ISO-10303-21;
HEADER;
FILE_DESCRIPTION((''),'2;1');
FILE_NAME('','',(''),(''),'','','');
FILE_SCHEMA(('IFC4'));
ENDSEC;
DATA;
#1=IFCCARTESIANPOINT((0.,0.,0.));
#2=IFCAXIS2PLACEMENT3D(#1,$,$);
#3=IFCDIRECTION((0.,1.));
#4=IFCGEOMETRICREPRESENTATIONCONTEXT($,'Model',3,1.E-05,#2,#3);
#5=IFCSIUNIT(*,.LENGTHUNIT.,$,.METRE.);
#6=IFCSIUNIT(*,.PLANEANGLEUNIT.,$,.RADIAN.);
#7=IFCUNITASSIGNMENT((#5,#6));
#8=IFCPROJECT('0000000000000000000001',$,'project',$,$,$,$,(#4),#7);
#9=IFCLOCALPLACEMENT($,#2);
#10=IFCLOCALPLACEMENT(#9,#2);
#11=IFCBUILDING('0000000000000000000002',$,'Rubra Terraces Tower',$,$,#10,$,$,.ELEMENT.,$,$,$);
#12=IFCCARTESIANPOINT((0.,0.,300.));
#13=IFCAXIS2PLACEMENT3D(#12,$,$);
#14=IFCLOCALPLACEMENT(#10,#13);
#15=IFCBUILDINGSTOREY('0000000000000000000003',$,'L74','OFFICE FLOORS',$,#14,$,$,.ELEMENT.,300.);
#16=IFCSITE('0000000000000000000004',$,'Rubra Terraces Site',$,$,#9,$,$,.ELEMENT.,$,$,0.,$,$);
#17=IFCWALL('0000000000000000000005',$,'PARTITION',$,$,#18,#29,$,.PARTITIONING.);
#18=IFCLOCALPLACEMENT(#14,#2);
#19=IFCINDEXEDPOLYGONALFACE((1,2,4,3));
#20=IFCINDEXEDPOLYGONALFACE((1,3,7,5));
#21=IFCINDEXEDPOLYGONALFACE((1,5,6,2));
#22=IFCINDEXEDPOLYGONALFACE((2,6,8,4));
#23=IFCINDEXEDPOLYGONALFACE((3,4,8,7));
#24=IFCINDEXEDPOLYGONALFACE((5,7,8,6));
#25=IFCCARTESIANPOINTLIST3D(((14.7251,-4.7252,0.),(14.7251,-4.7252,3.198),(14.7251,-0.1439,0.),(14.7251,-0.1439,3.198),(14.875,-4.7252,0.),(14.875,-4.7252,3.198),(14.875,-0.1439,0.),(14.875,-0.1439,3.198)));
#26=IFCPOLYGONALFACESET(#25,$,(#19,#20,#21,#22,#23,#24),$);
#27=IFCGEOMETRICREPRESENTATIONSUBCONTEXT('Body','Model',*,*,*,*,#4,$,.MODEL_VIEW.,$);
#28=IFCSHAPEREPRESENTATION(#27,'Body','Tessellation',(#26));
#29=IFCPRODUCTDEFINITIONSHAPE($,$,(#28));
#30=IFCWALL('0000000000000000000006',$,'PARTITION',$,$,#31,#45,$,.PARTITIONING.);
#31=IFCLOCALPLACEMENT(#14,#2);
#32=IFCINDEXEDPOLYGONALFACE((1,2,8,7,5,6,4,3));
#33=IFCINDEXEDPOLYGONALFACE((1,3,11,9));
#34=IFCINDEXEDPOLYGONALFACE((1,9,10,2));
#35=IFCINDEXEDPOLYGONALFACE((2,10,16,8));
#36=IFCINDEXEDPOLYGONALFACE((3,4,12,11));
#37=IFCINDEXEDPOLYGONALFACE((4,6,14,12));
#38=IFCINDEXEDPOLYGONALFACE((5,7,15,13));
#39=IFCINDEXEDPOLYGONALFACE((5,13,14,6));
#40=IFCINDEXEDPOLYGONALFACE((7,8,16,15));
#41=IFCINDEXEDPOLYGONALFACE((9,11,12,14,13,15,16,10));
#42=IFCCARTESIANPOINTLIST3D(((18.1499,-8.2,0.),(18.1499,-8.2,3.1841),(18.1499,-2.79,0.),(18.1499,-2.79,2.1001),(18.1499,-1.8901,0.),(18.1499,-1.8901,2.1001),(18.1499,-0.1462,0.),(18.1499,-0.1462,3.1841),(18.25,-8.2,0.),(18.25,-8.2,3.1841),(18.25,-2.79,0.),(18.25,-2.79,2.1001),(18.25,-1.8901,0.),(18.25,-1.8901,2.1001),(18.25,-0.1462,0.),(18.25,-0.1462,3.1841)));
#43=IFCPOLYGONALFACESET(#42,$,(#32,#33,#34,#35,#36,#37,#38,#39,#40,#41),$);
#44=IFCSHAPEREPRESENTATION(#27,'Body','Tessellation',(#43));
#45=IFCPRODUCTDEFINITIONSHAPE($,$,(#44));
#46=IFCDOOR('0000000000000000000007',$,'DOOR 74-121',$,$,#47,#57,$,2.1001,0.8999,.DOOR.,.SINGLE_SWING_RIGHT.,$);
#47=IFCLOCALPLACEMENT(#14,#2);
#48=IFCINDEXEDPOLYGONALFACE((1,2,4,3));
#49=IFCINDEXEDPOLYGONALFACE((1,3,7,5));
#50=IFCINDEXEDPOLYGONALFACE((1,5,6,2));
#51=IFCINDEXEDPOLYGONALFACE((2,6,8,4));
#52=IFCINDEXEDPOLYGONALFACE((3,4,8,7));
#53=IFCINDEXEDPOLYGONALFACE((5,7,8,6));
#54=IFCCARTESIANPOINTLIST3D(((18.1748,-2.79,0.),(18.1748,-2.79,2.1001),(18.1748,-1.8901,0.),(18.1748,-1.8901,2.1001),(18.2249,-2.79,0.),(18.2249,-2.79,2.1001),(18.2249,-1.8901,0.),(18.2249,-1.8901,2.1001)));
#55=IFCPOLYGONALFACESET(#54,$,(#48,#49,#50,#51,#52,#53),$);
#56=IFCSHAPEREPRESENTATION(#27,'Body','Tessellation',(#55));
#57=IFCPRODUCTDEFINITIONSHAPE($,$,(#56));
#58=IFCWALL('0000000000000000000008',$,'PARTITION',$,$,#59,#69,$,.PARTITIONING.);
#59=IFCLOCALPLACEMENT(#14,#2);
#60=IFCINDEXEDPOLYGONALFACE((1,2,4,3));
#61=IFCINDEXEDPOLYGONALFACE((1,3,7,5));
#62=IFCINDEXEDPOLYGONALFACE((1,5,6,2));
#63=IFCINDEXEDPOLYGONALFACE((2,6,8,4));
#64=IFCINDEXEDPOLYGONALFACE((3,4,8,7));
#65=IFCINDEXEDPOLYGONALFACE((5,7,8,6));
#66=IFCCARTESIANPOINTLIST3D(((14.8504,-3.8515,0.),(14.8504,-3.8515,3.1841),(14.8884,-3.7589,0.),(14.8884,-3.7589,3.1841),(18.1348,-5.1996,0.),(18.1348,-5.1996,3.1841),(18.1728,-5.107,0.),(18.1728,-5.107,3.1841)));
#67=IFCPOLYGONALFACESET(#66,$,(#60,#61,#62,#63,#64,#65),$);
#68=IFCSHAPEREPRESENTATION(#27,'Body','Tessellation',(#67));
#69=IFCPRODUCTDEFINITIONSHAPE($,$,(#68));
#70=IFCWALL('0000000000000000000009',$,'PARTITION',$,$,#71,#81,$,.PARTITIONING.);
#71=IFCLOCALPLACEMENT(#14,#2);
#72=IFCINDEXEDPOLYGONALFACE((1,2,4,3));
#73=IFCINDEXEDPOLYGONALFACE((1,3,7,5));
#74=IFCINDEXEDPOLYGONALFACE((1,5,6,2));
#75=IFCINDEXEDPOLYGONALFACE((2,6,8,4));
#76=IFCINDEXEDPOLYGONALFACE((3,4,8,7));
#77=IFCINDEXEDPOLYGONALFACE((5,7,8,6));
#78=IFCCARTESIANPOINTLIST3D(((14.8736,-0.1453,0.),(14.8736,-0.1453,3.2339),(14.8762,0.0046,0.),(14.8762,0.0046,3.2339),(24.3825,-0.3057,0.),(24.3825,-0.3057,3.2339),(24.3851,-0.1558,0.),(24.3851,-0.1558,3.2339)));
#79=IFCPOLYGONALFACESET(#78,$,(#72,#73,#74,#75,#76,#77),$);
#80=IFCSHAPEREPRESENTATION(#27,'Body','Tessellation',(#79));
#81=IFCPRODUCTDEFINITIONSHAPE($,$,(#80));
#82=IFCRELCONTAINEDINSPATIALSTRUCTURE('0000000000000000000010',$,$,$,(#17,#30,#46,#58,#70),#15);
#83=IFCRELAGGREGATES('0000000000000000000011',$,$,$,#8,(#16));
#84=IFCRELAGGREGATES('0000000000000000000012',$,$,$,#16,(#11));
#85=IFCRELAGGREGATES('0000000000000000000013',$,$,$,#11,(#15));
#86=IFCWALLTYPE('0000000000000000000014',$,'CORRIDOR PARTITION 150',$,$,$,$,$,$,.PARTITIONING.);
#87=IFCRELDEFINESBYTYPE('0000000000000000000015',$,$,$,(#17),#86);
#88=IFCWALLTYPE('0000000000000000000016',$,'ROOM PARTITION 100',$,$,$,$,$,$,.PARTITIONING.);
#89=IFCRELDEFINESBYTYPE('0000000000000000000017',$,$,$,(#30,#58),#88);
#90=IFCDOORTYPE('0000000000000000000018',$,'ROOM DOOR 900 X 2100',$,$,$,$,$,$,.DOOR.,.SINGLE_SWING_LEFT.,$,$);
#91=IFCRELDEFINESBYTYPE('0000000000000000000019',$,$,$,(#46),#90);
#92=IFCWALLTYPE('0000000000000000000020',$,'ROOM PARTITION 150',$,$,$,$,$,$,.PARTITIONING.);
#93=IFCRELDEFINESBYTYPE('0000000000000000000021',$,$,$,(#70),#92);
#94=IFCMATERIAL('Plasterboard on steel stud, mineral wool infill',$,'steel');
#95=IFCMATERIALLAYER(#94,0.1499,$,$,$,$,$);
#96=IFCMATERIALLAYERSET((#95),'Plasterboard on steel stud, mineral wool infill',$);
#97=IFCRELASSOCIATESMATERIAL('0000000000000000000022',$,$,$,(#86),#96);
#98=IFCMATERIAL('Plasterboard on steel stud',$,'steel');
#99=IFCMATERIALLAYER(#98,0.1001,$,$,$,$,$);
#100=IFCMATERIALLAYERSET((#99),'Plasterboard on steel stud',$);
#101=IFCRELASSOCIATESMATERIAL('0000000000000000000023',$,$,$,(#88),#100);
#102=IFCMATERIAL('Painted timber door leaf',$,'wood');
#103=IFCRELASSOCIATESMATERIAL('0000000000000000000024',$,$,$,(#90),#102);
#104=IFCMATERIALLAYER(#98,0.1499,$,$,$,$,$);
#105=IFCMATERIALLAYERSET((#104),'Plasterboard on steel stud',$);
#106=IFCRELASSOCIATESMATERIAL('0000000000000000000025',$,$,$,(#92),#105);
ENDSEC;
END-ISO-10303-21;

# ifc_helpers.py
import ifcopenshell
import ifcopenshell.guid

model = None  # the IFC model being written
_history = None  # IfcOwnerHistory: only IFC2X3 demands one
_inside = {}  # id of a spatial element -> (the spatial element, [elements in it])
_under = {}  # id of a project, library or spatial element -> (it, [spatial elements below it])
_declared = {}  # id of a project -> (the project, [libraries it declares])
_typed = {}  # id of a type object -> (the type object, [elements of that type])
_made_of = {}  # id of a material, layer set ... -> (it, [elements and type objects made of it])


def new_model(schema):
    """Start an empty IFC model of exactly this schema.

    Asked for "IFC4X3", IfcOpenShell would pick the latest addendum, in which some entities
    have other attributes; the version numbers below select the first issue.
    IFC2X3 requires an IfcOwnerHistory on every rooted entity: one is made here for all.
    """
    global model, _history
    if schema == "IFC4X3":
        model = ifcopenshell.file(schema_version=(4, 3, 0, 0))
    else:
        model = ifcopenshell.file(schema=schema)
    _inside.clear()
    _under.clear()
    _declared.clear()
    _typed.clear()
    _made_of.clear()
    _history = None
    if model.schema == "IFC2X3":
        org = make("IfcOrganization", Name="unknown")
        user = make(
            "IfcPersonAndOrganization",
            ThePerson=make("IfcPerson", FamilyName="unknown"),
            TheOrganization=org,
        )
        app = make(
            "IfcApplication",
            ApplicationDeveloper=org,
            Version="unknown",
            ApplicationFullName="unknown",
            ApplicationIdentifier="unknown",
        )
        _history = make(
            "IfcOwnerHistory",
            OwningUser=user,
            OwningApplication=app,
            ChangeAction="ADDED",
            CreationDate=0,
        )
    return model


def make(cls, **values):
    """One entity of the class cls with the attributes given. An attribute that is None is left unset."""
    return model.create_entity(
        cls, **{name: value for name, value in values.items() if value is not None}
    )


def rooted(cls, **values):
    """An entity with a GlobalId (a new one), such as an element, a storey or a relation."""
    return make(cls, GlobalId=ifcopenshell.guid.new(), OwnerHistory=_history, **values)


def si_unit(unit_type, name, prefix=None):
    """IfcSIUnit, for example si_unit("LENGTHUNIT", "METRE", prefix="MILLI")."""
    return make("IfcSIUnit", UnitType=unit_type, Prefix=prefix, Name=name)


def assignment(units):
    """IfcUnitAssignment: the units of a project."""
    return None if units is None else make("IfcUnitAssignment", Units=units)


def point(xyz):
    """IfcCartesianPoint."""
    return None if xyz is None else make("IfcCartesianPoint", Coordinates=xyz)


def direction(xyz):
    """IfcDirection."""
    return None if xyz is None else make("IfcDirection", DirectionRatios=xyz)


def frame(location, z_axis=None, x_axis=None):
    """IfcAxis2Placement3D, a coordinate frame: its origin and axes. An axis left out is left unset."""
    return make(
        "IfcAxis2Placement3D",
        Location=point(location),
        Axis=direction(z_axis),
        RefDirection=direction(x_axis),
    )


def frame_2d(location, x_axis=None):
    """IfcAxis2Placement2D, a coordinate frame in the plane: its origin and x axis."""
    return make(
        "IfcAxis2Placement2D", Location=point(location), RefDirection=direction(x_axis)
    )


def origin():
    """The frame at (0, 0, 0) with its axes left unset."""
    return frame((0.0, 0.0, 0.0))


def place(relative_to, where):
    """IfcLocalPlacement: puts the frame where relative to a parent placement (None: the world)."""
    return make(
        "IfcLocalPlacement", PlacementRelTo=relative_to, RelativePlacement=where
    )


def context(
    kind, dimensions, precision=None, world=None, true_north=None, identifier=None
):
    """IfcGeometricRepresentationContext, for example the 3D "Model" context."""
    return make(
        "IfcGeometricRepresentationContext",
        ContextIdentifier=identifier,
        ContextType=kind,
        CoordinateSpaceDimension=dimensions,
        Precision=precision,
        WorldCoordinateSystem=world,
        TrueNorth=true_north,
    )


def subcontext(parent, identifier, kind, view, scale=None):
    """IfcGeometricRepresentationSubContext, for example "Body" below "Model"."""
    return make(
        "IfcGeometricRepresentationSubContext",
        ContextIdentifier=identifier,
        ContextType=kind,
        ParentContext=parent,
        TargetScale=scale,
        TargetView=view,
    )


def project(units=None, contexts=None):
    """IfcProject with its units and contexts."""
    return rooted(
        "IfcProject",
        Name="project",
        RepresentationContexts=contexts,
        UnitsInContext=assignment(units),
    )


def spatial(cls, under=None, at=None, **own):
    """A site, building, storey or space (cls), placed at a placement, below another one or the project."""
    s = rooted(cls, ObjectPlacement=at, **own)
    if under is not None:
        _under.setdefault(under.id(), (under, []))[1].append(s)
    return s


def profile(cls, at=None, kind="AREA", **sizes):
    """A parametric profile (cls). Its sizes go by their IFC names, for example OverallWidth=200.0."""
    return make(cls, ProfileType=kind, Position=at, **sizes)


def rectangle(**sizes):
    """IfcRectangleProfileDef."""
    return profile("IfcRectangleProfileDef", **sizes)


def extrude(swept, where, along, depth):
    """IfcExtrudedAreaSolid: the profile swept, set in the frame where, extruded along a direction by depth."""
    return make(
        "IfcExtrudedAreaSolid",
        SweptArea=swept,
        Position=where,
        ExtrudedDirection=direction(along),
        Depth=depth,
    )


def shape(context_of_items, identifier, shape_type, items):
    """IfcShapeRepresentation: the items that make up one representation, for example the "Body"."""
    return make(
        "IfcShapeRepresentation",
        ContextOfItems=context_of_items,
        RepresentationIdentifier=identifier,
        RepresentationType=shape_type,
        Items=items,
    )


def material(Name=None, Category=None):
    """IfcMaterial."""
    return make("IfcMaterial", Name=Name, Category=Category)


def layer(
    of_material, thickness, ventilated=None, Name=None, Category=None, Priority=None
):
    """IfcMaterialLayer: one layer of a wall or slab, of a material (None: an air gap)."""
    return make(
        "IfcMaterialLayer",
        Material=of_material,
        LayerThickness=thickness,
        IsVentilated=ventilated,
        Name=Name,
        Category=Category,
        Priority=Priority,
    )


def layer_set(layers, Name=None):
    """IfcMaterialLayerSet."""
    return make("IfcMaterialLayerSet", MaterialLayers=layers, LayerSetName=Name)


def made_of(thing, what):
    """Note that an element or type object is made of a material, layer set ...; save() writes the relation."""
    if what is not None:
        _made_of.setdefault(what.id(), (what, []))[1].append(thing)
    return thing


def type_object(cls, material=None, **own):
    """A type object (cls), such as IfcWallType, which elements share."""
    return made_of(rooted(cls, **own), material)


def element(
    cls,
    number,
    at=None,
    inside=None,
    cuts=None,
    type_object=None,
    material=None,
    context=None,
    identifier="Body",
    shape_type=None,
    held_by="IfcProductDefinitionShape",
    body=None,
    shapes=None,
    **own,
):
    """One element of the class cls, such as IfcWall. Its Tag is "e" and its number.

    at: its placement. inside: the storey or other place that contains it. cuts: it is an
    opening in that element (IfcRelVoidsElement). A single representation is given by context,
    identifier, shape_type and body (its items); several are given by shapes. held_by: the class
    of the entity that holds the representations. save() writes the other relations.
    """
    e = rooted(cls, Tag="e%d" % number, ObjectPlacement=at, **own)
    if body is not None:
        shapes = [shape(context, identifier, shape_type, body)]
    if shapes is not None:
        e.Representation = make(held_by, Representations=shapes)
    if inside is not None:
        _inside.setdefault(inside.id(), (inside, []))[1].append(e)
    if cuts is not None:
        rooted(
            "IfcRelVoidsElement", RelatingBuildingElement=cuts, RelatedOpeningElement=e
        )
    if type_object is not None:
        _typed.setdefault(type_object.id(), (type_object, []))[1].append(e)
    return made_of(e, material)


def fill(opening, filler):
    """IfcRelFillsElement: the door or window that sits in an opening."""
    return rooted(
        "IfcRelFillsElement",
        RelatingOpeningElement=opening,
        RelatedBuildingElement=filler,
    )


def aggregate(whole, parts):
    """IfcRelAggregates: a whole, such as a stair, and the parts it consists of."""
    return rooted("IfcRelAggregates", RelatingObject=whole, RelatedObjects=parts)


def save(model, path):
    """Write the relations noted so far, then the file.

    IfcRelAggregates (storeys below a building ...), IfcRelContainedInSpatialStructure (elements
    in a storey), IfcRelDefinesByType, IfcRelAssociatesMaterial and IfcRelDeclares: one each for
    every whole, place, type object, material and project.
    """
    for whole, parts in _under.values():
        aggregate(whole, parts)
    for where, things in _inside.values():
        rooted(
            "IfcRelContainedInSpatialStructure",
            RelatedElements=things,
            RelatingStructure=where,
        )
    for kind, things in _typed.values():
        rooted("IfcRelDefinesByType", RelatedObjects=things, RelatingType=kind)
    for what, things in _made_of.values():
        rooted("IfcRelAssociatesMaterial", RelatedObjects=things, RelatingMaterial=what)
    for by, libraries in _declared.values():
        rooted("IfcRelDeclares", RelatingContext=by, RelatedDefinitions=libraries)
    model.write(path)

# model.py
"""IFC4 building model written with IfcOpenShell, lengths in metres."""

from ifc_helpers import new_model, si_unit, direction, frame, frame_2d, origin, place, context, subcontext, project, spatial, rectangle, extrude, material, layer, layer_set, type_object, element, fill, save


model = new_model("IFC4")

# Units and contexts
model_context = context("Model", 3, precision=1e-05, world=origin(), true_north=direction((0.0, 1.0)))
body_context = subcontext(model_context, "Body", "Model", "MODEL_VIEW")
ifc_project = project(units=[si_unit("LENGTHUNIT", "METRE"), si_unit("PLANEANGLEUNIT", "RADIAN")], contexts=[model_context])

# Site, building, storey
site_placement = place(None, origin())
site = spatial("IfcSite", under=ifc_project, at=site_placement, Name="Rubra Terraces Site", CompositionType="ELEMENT", RefElevation=0.0)
building_placement = place(site_placement, origin())
building = spatial("IfcBuilding", under=site, at=building_placement, Name="Rubra Terraces Tower", CompositionType="ELEMENT")
storey_placement = place(building_placement, frame((0.0, 0.0, 300.0)))
storey = spatial("IfcBuildingStorey", under=building, at=storey_placement, Name="L74", Description="OFFICE FLOORS", CompositionType="ELEMENT", Elevation=300.0)

# Shared definitions
ifc_material_1 = material(Name="Plasterboard on steel stud, mineral wool infill", Category="steel")
ifc_layer_1 = layer(ifc_material_1, 0.1499)
ifc_layer_set_1 = layer_set([ifc_layer_1], Name="Plasterboard on steel stud, mineral wool infill")
wall_type_1 = type_object("IfcWallType", Name="CORRIDOR PARTITION 150", PredefinedType="PARTITIONING", material=ifc_layer_set_1)

# Wall
wall_1_placement = place(storey_placement, frame((14.8, -4.7251, 0.0), z_axis=(0.0, 0.0, 1.0), x_axis=(0.0, 1.0, 0.0)))
element("IfcWall", 1, at=wall_1_placement, inside=storey, type_object=wall_type_1, Name="PARTITION", PredefinedType="PARTITIONING", context=body_context, shape_type="SweptSolid", body=[
    extrude(rectangle(XDim=4.5813, YDim=0.1499, at=frame_2d((2.2905, 0.0))), origin(), (0.0, 0.0, 1.0), 3.198),
])

# Wall, opening, door
ifc_material_2 = material(Name="Plasterboard on steel stud", Category="steel")
ifc_layer_2 = layer(ifc_material_2, 0.1001)
ifc_layer_set_2 = layer_set([ifc_layer_2], Name="Plasterboard on steel stud")
wall_type_2 = type_object("IfcWallType", Name="ROOM PARTITION 100", PredefinedType="PARTITIONING", material=ifc_layer_set_2)
wall_2_placement = place(storey_placement, frame((18.2, -0.1462, 0.0), z_axis=(0.0, 0.0, 1.0), x_axis=(0.0, -1.0, 0.0)))
wall_2 = element("IfcWall", 2, at=wall_2_placement, inside=storey, type_object=wall_type_2, Name="PARTITION", PredefinedType="PARTITIONING", context=body_context, shape_type="SweptSolid", body=[
    extrude(rectangle(XDim=8.0537, YDim=0.1001, at=frame_2d((4.0269, 0.0))), origin(), (0.0, 0.0, 1.0), 3.1841),
])
opening_1_placement = place(wall_2_placement, frame((1.7439, 0.0, 0.0)))
opening_1 = element("IfcOpeningElement", 3, at=opening_1_placement, cuts=wall_2, PredefinedType="OPENING", context=body_context, shape_type="SweptSolid", body=[
    extrude(rectangle(XDim=0.8999, YDim=2.1001, at=frame_2d((0.45, 1.05))), frame((0.0, 0.0601, 0.0), z_axis=(0.0, -1.0, 0.0), x_axis=(1.0, 0.0, 0.0)), (0.0, 0.0, 1.0), 0.1201),
])
ifc_material_3 = material(Name="Painted timber door leaf", Category="wood")
door_type_1 = type_object("IfcDoorType", Name="ROOM DOOR 900 X 2100", OperationType="SINGLE_SWING_LEFT", PredefinedType="DOOR", material=ifc_material_3)
door_1_placement = place(opening_1_placement, origin())
door_1 = element("IfcDoor", 4, at=door_1_placement, inside=storey, type_object=door_type_1, Name="DOOR 74-121", OperationType="SINGLE_SWING_RIGHT", OverallHeight=2.1001, OverallWidth=0.8999, PredefinedType="DOOR", context=body_context, shape_type="SweptSolid", body=[
    extrude(rectangle(XDim=0.8999, YDim=2.1001, at=frame_2d((0.45, 1.05))), frame((0.0, 0.0249, 0.0), z_axis=(0.0, -1.0, 0.0), x_axis=(1.0, 0.0, 0.0)), (0.0, 0.0, 1.0), 0.05),
])
fill(opening_1, door_1)

# Walls
wall_3_placement = place(storey_placement, frame((14.8694, -3.8052, 0.0), z_axis=(0.0, 0.0, 1.0), x_axis=(0.9251, -0.379722, 0.0)))
element("IfcWall", 5, at=wall_3_placement, inside=storey, type_object=wall_type_2, Name="PARTITION", PredefinedType="PARTITIONING", context=body_context, shape_type="SweptSolid", body=[
    extrude(rectangle(XDim=3.5503, YDim=0.1001, at=frame_2d((1.7751, 0.0))), origin(), (0.0, 0.0, 1.0), 3.1841),
])
ifc_layer_3 = layer(ifc_material_2, 0.1499)
ifc_layer_set_3 = layer_set([ifc_layer_3], Name="Plasterboard on steel stud")
wall_type_3 = type_object("IfcWallType", Name="ROOM PARTITION 150", PredefinedType="PARTITIONING", material=ifc_layer_set_3)
wall_4_placement = place(storey_placement, frame((24.3838, -0.2307, 0.0), z_axis=(0.0, 0.0, 1.0), x_axis=(-0.999858, 0.016866, 0.0)))
element("IfcWall", 6, at=wall_4_placement, inside=storey, type_object=wall_type_3, Name="PARTITION", PredefinedType="PARTITIONING", context=body_context, shape_type="SweptSolid", body=[
    extrude(rectangle(XDim=9.5103, YDim=0.1499, at=frame_2d((4.7551, 0.0))), origin(), (0.0, 0.0, 1.0), 3.2339),
])

save(model, "model.ifc")
